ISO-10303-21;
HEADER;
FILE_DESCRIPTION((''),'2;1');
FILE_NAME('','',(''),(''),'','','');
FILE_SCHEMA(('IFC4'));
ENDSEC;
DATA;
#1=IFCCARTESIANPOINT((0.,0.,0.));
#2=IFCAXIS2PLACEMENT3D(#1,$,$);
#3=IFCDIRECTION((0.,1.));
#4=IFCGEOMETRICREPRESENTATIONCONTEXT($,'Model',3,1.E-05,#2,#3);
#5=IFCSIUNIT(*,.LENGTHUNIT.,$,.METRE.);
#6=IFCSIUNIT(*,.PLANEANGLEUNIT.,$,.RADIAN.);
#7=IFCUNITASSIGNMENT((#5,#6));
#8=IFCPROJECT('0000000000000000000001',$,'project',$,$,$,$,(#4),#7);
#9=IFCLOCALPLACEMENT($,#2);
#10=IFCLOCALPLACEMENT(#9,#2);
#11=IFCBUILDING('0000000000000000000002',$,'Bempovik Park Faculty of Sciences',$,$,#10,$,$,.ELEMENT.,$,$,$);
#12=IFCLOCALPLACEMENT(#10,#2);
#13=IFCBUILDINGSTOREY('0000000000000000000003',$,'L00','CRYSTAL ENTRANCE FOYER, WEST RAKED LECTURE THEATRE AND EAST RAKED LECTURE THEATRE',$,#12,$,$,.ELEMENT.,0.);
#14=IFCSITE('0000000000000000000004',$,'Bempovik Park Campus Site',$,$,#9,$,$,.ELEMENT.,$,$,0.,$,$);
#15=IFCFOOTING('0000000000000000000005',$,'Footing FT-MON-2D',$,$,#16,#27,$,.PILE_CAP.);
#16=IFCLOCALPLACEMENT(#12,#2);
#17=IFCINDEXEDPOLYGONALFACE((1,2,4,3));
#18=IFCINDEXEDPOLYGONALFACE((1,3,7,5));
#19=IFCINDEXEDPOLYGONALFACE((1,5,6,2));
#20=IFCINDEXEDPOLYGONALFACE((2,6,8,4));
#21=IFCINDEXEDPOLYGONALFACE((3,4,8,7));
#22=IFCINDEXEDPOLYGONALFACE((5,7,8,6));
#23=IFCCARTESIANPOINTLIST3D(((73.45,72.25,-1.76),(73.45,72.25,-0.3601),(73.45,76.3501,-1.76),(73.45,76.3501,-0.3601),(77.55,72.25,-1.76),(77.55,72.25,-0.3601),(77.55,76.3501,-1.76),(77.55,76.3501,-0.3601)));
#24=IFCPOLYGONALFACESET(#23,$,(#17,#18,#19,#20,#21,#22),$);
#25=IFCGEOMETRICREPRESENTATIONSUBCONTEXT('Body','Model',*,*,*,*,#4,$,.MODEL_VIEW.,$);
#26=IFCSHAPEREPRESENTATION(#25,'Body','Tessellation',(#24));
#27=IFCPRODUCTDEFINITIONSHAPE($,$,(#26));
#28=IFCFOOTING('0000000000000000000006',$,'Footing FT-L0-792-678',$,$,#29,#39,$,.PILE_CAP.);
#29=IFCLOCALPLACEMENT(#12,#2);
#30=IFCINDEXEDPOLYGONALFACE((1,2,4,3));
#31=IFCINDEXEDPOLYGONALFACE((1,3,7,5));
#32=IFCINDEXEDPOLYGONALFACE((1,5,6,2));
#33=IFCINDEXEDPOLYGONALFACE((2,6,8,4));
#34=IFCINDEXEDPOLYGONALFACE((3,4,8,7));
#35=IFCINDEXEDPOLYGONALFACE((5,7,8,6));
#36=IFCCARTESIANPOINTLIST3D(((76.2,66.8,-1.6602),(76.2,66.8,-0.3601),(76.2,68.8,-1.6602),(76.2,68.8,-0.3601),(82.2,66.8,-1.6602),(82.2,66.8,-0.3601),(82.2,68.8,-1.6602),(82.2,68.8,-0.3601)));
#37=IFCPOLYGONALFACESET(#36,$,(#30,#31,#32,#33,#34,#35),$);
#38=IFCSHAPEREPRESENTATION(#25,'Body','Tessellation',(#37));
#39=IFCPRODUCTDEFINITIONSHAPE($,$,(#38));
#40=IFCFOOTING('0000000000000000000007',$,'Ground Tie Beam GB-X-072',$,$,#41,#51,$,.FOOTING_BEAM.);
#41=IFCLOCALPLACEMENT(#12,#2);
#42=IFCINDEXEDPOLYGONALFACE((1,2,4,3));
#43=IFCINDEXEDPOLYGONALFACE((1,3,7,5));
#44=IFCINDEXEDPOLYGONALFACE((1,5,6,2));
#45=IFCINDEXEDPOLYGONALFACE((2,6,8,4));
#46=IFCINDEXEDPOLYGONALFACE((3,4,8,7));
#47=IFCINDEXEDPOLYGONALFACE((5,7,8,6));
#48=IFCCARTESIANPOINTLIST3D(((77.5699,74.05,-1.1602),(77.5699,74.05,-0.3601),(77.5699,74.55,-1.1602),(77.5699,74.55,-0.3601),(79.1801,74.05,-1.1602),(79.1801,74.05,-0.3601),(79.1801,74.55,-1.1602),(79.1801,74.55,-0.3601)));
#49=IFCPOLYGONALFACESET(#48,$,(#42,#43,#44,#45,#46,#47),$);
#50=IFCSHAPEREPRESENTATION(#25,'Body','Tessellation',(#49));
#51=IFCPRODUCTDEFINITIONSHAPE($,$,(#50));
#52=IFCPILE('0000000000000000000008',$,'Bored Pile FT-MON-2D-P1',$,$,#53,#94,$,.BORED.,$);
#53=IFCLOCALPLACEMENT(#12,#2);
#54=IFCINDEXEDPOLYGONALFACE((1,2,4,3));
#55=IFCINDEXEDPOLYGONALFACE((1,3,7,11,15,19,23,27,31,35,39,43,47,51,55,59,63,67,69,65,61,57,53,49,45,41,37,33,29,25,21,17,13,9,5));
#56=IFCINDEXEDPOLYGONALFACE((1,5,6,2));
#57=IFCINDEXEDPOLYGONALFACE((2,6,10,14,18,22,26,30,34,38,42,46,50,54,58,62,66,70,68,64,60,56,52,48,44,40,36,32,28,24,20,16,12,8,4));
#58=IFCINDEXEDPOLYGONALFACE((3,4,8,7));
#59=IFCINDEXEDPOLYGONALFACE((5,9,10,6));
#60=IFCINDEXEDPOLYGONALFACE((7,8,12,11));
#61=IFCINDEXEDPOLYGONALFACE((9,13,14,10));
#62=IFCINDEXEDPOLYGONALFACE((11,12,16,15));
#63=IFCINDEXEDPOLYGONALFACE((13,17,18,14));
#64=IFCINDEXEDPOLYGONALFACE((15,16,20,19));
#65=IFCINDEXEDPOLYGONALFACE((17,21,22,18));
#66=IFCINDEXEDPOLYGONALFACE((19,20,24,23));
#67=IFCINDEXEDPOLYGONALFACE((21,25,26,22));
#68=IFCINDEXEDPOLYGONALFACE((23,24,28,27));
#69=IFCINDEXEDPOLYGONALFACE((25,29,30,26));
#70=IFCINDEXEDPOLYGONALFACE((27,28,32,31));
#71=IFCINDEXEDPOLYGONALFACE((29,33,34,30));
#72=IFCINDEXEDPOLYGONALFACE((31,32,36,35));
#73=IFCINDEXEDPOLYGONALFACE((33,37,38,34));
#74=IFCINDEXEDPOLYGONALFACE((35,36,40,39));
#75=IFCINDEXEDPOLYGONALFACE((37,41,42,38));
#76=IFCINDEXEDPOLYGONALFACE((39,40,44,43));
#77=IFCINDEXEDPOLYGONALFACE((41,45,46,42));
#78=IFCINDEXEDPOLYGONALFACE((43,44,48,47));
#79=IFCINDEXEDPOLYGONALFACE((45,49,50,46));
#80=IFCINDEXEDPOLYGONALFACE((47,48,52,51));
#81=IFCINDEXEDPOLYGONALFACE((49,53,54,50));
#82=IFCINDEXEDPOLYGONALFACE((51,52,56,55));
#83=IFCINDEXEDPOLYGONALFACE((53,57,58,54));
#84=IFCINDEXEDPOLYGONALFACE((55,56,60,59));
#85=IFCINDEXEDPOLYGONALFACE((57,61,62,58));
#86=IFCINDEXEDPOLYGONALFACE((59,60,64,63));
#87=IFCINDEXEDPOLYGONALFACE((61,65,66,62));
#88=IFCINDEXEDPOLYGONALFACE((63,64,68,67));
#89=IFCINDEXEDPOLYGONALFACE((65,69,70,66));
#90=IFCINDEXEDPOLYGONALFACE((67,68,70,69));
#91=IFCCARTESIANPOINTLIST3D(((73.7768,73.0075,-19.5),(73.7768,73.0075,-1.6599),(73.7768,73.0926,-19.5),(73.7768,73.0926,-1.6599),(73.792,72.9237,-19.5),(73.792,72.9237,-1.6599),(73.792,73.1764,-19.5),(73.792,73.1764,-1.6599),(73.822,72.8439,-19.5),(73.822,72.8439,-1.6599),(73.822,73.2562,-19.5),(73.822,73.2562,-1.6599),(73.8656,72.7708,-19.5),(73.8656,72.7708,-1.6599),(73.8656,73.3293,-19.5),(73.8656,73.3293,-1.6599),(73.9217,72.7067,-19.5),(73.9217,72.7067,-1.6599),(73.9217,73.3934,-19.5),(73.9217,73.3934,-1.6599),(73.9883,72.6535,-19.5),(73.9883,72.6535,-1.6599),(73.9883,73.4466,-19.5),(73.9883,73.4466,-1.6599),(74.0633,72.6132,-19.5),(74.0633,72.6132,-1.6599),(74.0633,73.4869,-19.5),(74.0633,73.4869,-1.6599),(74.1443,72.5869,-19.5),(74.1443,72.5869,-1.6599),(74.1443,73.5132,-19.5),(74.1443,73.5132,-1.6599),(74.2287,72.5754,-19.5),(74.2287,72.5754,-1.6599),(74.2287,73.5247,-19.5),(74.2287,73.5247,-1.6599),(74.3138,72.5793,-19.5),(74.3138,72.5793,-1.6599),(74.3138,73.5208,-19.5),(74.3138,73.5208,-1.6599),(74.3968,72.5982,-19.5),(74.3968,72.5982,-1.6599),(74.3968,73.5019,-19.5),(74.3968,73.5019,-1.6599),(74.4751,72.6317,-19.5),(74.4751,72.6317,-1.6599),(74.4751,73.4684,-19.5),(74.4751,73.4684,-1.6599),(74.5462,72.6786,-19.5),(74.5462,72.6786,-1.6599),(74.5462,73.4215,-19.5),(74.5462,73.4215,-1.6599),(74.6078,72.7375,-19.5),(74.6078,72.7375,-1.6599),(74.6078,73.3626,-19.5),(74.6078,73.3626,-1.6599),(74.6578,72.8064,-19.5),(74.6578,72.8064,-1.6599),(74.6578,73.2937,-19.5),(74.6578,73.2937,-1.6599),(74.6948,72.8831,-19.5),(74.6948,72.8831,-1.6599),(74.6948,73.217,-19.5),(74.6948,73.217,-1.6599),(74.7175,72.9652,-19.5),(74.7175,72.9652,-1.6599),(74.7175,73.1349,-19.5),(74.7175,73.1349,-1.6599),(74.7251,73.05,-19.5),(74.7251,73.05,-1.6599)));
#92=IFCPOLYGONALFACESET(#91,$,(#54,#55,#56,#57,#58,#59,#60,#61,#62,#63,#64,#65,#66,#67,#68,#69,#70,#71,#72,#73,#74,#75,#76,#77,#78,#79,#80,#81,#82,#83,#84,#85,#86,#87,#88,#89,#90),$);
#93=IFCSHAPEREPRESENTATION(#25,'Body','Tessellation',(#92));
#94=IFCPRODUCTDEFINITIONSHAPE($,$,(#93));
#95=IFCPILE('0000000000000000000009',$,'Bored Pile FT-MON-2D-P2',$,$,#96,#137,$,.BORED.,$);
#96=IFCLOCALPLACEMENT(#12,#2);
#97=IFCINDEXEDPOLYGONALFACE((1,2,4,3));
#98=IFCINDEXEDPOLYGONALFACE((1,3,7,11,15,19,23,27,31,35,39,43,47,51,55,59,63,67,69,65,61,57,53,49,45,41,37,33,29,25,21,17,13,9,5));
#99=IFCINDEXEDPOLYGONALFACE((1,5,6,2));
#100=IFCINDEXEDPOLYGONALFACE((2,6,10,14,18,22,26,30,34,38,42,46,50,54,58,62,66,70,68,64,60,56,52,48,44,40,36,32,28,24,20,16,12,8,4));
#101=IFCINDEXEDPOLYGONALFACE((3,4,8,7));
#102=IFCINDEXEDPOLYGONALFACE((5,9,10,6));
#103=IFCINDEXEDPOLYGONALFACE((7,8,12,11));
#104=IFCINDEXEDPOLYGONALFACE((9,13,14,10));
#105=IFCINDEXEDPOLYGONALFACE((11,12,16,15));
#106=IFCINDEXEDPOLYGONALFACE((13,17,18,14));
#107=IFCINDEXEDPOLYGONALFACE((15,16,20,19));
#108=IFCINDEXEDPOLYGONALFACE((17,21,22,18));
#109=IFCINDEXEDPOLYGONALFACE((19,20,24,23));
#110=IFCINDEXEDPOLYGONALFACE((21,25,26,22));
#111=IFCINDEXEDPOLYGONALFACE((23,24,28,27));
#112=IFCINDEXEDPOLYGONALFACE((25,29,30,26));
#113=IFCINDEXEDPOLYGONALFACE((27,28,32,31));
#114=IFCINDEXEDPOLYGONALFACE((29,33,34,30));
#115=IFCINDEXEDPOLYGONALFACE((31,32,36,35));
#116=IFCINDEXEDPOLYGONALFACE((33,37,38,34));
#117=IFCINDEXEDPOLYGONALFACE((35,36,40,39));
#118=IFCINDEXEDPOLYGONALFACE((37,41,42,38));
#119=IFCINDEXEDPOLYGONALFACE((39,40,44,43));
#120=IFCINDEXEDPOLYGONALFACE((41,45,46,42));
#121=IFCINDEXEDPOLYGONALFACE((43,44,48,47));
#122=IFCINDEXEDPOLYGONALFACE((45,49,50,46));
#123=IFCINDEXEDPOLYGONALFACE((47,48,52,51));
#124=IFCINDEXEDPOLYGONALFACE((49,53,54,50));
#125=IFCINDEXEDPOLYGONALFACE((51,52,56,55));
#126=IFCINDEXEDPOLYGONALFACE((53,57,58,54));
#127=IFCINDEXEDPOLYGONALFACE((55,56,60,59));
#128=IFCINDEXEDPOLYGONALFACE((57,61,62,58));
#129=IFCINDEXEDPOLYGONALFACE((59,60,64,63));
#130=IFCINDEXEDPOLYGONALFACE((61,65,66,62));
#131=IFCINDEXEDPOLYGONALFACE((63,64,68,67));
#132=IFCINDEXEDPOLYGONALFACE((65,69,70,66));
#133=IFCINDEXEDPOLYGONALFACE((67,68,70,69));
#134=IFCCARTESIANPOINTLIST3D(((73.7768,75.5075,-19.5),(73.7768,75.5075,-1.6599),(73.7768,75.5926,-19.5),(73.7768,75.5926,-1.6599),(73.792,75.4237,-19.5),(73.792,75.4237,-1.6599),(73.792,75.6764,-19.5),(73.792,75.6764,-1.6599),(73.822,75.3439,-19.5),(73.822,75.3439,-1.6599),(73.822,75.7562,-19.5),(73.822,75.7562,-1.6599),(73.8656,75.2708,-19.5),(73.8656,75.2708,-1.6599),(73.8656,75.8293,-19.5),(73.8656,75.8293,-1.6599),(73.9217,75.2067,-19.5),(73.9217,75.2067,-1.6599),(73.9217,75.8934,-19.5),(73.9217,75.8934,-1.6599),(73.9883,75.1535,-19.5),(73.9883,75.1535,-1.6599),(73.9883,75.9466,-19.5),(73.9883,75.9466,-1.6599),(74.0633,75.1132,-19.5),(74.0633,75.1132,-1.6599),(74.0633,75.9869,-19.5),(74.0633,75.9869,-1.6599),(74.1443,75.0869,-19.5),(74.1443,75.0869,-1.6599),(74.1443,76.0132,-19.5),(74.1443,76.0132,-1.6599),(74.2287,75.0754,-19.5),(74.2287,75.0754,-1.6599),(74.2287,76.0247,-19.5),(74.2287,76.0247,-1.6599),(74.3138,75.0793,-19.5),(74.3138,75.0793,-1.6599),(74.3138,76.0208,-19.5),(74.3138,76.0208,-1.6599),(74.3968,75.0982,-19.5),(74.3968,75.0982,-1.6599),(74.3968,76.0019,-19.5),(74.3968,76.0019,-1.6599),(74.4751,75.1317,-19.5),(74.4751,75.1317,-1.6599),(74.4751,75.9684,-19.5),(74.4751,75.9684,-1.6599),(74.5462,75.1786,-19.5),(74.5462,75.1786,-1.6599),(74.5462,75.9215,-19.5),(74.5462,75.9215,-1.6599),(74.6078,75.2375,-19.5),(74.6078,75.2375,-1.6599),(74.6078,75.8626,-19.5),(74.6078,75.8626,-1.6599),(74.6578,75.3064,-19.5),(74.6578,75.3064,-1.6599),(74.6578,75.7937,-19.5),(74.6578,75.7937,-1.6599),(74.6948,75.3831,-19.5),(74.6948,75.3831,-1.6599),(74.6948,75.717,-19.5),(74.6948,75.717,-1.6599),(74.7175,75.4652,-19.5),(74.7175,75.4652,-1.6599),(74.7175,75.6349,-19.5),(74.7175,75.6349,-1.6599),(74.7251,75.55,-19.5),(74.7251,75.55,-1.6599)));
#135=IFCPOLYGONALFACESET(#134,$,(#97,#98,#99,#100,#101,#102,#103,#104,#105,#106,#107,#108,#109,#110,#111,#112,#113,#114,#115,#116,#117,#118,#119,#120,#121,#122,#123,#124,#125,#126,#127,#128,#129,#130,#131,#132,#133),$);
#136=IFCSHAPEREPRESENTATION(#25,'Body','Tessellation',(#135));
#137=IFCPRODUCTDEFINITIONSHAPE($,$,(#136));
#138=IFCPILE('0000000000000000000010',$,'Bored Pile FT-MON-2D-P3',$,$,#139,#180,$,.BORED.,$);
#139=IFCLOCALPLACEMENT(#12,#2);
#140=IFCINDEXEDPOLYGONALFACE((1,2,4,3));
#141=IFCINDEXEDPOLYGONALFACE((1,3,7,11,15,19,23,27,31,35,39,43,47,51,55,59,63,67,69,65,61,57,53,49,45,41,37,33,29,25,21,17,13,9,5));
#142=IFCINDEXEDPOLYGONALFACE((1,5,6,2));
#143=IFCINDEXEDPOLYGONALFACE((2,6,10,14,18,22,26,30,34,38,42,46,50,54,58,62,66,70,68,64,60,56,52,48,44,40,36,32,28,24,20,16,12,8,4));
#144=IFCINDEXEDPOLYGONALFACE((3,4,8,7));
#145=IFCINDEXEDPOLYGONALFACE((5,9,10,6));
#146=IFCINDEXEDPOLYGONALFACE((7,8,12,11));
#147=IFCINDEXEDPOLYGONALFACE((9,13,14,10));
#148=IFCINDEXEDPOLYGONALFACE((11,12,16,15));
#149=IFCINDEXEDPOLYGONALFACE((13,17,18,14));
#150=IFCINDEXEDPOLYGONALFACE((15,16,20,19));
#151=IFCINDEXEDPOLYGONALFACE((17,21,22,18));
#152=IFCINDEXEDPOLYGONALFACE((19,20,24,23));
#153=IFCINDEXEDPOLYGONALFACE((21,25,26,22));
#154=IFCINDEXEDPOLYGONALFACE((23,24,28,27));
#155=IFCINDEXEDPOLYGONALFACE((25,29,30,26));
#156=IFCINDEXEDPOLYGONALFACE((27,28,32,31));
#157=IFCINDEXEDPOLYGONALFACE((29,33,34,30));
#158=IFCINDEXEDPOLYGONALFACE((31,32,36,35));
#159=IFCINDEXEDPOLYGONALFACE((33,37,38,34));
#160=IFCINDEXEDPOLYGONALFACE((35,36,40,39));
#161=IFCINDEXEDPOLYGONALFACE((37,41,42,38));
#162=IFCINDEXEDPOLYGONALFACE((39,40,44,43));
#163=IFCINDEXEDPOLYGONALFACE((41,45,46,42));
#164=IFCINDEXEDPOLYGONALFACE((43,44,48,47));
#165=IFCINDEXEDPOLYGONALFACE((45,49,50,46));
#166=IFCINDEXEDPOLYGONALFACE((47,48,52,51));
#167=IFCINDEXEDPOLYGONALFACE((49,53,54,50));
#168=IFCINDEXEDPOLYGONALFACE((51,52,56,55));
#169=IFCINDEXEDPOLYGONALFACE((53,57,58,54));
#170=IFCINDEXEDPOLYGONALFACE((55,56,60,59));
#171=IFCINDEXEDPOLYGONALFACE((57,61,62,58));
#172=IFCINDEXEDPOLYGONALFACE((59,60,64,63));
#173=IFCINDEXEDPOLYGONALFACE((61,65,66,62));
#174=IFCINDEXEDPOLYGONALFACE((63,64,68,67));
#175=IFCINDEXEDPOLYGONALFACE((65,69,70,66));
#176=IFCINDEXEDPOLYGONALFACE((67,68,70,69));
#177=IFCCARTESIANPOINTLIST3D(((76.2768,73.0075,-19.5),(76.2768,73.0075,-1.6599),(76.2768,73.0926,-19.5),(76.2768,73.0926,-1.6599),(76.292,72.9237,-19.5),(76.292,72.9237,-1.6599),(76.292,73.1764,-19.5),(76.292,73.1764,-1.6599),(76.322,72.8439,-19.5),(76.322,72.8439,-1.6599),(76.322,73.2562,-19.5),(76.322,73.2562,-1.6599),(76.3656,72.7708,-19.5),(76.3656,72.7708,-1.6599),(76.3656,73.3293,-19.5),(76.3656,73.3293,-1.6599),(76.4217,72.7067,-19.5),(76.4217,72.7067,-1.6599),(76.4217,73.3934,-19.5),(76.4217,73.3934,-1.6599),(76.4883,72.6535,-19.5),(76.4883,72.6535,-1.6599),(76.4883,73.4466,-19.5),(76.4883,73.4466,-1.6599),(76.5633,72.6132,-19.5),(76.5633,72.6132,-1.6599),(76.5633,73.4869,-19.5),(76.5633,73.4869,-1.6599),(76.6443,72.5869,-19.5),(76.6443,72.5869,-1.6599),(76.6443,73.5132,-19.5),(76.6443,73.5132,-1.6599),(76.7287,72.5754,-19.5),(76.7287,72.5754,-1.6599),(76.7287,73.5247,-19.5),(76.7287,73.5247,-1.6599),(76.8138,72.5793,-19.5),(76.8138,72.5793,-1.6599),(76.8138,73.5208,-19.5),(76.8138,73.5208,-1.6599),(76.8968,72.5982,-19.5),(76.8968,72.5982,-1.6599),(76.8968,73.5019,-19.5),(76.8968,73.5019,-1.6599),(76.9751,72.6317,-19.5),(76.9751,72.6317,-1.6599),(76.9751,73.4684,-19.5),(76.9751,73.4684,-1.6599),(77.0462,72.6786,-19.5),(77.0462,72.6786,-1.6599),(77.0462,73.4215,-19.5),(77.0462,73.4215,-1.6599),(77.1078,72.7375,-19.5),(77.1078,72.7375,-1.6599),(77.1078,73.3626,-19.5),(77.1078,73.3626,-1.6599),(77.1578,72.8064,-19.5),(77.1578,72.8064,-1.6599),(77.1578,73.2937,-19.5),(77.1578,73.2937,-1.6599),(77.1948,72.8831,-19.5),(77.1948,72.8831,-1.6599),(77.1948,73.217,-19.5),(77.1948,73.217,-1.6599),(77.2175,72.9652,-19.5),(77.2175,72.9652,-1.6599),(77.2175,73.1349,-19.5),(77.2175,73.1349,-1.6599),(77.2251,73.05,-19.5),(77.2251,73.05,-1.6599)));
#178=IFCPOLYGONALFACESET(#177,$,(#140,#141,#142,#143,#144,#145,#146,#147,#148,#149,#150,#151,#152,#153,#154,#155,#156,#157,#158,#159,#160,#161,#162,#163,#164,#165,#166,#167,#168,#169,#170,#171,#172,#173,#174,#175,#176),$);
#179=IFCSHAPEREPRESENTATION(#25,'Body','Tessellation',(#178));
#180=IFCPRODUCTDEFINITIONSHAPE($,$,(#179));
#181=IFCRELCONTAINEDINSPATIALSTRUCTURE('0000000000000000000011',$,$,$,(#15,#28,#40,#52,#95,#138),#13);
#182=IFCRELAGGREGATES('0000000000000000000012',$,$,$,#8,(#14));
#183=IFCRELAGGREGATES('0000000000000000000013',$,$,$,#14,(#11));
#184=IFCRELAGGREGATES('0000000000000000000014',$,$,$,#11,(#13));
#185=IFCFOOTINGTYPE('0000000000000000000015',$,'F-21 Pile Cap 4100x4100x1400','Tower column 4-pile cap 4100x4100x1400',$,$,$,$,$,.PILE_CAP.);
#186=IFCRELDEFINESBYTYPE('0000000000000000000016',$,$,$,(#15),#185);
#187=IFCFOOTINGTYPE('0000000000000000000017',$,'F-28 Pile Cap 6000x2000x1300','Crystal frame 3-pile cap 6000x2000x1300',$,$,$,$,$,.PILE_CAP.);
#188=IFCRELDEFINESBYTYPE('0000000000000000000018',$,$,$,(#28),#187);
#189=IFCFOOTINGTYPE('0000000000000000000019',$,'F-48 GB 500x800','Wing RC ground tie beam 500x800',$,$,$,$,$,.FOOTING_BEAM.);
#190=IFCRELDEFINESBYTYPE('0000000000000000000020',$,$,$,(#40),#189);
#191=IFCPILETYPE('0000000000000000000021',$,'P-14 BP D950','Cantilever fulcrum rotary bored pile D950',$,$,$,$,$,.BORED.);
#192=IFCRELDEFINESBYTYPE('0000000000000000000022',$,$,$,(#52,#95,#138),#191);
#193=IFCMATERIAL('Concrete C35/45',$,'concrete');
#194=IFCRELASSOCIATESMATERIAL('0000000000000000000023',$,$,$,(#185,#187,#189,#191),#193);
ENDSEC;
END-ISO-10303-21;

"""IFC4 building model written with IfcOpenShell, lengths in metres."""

from ifc_helpers import new_model, si_unit, direction, frame, origin, origin_2d, place, context, subcontext, project, spatial, rectangle, circle, extrude, material, material_profile, profile_set, type_object, element, save


model = new_model("IFC4")

# Units and contexts
model_context = context("Model", 3, precision=1e-05, world=origin(), true_north=direction((0.0, 1.0)))
body_context = subcontext(model_context, "Body", "Model", "MODEL_VIEW")
ifc_project = project(units=[si_unit("LENGTHUNIT", "METRE"), si_unit("PLANEANGLEUNIT", "RADIAN")], contexts=[model_context])

# Site, building, storey
site_placement = place(None, origin())
site = spatial("IfcSite", under=ifc_project, at=site_placement, Name="Bempovik Park Campus Site", CompositionType="ELEMENT", RefElevation=0.0)
building_placement = place(site_placement, origin())
building = spatial("IfcBuilding", under=site, at=building_placement, Name="Bempovik Park Faculty of Sciences", CompositionType="ELEMENT")
storey_placement = place(building_placement, origin())
storey = spatial("IfcBuildingStorey", under=building, at=storey_placement, Name="L00", Description="CRYSTAL ENTRANCE FOYER, WEST RAKED LECTURE THEATRE AND EAST RAKED LECTURE THEATRE", CompositionType="ELEMENT", Elevation=0.0)

# Footings
ifc_material_1 = material(Name="Concrete C35/45", Category="concrete")
footing_type_1 = type_object("IfcFootingType", Name="F-21 Pile Cap 4100x4100x1400", Description="Tower column 4-pile cap 4100x4100x1400", PredefinedType="PILE_CAP", material=ifc_material_1)
footing_1_placement = place(storey_placement, frame((75.5, 74.3, -1.76), z_axis=(0.0, 0.0, 1.0), x_axis=(1.0, 0.0, 0.0)))
element("IfcFooting", 1, at=footing_1_placement, inside=storey, type_object=footing_type_1, Name="Footing FT-MON-2D", PredefinedType="PILE_CAP", context=body_context, shape_type="SweptSolid", body=[
    extrude(rectangle(XDim=4.1001, YDim=4.1001, at=origin_2d()), origin(), (0.0, 0.0, 1.0), 1.3999),
])
footing_type_2 = type_object("IfcFootingType", Name="F-28 Pile Cap 6000x2000x1300", Description="Crystal frame 3-pile cap 6000x2000x1300", PredefinedType="PILE_CAP", material=ifc_material_1)
footing_2_placement = place(storey_placement, frame((79.2, 67.8, -1.6602), z_axis=(0.0, 0.0, 1.0), x_axis=(1.0, 0.0, 0.0)))
element("IfcFooting", 2, at=footing_2_placement, inside=storey, type_object=footing_type_2, Name="Footing FT-L0-792-678", PredefinedType="PILE_CAP", context=body_context, shape_type="SweptSolid", body=[
    extrude(rectangle(XDim=6.0, YDim=2.0, at=origin_2d()), origin(), (0.0, 0.0, 1.0), 1.3),
])
footing_type_3 = type_object("IfcFootingType", Name="F-48 GB 500x800", Description="Wing RC ground tie beam 500x800", PredefinedType="FOOTING_BEAM", material=ifc_material_1)
footing_3_placement = place(storey_placement, frame((78.375, 74.3, -1.1602), z_axis=(0.0, 0.0, 1.0), x_axis=(1.0, 0.0, 0.0)))
element("IfcFooting", 3, at=footing_3_placement, inside=storey, type_object=footing_type_3, Name="Ground Tie Beam GB-X-072", PredefinedType="FOOTING_BEAM", context=body_context, shape_type="SweptSolid", body=[
    extrude(rectangle(XDim=1.6101, YDim=0.5, at=origin_2d()), origin(), (0.0, 0.0, 1.0), 0.8),
])

# Piles
ifc_material_profile_1 = material_profile(ifc_material_1, circle(Radius=0.4751, at=origin_2d()), Name="BP D950")
ifc_profile_set_1 = profile_set([ifc_material_profile_1], Name="Concrete C35/45")
pile_type_1 = type_object("IfcPileType", Name="P-14 BP D950", Description="Cantilever fulcrum rotary bored pile D950", PredefinedType="BORED", material=ifc_profile_set_1)
for number, where, z_axis, x_axis, name in (
    (4, (74.25, 73.05, -1.6599), (0.0, 0.0, -1.0), (1.0, 0.0, 0.0), "Bored Pile FT-MON-2D-P1"),
    (5, (74.25, 75.55, -1.6599), (0.0, 0.0, -1.0), (1.0, 0.0, 0.0), "Bored Pile FT-MON-2D-P2"),
    (6, (76.75, 73.05, -1.6599), (0.0, 0.0, -1.0), (1.0, 0.0, 0.0), "Bored Pile FT-MON-2D-P3"),
):
    element("IfcPile", number, at=place(storey_placement, frame(where, z_axis=z_axis, x_axis=x_axis)), inside=storey, type_object=pile_type_1, Name=name, PredefinedType="BORED", context=body_context, shape_type="SweptSolid", body=[
        extrude(circle(Radius=0.4751, at=origin_2d()), origin(), (0.0, 0.0, 1.0), 17.8401),
    ])

save(model, "model.ifc")
